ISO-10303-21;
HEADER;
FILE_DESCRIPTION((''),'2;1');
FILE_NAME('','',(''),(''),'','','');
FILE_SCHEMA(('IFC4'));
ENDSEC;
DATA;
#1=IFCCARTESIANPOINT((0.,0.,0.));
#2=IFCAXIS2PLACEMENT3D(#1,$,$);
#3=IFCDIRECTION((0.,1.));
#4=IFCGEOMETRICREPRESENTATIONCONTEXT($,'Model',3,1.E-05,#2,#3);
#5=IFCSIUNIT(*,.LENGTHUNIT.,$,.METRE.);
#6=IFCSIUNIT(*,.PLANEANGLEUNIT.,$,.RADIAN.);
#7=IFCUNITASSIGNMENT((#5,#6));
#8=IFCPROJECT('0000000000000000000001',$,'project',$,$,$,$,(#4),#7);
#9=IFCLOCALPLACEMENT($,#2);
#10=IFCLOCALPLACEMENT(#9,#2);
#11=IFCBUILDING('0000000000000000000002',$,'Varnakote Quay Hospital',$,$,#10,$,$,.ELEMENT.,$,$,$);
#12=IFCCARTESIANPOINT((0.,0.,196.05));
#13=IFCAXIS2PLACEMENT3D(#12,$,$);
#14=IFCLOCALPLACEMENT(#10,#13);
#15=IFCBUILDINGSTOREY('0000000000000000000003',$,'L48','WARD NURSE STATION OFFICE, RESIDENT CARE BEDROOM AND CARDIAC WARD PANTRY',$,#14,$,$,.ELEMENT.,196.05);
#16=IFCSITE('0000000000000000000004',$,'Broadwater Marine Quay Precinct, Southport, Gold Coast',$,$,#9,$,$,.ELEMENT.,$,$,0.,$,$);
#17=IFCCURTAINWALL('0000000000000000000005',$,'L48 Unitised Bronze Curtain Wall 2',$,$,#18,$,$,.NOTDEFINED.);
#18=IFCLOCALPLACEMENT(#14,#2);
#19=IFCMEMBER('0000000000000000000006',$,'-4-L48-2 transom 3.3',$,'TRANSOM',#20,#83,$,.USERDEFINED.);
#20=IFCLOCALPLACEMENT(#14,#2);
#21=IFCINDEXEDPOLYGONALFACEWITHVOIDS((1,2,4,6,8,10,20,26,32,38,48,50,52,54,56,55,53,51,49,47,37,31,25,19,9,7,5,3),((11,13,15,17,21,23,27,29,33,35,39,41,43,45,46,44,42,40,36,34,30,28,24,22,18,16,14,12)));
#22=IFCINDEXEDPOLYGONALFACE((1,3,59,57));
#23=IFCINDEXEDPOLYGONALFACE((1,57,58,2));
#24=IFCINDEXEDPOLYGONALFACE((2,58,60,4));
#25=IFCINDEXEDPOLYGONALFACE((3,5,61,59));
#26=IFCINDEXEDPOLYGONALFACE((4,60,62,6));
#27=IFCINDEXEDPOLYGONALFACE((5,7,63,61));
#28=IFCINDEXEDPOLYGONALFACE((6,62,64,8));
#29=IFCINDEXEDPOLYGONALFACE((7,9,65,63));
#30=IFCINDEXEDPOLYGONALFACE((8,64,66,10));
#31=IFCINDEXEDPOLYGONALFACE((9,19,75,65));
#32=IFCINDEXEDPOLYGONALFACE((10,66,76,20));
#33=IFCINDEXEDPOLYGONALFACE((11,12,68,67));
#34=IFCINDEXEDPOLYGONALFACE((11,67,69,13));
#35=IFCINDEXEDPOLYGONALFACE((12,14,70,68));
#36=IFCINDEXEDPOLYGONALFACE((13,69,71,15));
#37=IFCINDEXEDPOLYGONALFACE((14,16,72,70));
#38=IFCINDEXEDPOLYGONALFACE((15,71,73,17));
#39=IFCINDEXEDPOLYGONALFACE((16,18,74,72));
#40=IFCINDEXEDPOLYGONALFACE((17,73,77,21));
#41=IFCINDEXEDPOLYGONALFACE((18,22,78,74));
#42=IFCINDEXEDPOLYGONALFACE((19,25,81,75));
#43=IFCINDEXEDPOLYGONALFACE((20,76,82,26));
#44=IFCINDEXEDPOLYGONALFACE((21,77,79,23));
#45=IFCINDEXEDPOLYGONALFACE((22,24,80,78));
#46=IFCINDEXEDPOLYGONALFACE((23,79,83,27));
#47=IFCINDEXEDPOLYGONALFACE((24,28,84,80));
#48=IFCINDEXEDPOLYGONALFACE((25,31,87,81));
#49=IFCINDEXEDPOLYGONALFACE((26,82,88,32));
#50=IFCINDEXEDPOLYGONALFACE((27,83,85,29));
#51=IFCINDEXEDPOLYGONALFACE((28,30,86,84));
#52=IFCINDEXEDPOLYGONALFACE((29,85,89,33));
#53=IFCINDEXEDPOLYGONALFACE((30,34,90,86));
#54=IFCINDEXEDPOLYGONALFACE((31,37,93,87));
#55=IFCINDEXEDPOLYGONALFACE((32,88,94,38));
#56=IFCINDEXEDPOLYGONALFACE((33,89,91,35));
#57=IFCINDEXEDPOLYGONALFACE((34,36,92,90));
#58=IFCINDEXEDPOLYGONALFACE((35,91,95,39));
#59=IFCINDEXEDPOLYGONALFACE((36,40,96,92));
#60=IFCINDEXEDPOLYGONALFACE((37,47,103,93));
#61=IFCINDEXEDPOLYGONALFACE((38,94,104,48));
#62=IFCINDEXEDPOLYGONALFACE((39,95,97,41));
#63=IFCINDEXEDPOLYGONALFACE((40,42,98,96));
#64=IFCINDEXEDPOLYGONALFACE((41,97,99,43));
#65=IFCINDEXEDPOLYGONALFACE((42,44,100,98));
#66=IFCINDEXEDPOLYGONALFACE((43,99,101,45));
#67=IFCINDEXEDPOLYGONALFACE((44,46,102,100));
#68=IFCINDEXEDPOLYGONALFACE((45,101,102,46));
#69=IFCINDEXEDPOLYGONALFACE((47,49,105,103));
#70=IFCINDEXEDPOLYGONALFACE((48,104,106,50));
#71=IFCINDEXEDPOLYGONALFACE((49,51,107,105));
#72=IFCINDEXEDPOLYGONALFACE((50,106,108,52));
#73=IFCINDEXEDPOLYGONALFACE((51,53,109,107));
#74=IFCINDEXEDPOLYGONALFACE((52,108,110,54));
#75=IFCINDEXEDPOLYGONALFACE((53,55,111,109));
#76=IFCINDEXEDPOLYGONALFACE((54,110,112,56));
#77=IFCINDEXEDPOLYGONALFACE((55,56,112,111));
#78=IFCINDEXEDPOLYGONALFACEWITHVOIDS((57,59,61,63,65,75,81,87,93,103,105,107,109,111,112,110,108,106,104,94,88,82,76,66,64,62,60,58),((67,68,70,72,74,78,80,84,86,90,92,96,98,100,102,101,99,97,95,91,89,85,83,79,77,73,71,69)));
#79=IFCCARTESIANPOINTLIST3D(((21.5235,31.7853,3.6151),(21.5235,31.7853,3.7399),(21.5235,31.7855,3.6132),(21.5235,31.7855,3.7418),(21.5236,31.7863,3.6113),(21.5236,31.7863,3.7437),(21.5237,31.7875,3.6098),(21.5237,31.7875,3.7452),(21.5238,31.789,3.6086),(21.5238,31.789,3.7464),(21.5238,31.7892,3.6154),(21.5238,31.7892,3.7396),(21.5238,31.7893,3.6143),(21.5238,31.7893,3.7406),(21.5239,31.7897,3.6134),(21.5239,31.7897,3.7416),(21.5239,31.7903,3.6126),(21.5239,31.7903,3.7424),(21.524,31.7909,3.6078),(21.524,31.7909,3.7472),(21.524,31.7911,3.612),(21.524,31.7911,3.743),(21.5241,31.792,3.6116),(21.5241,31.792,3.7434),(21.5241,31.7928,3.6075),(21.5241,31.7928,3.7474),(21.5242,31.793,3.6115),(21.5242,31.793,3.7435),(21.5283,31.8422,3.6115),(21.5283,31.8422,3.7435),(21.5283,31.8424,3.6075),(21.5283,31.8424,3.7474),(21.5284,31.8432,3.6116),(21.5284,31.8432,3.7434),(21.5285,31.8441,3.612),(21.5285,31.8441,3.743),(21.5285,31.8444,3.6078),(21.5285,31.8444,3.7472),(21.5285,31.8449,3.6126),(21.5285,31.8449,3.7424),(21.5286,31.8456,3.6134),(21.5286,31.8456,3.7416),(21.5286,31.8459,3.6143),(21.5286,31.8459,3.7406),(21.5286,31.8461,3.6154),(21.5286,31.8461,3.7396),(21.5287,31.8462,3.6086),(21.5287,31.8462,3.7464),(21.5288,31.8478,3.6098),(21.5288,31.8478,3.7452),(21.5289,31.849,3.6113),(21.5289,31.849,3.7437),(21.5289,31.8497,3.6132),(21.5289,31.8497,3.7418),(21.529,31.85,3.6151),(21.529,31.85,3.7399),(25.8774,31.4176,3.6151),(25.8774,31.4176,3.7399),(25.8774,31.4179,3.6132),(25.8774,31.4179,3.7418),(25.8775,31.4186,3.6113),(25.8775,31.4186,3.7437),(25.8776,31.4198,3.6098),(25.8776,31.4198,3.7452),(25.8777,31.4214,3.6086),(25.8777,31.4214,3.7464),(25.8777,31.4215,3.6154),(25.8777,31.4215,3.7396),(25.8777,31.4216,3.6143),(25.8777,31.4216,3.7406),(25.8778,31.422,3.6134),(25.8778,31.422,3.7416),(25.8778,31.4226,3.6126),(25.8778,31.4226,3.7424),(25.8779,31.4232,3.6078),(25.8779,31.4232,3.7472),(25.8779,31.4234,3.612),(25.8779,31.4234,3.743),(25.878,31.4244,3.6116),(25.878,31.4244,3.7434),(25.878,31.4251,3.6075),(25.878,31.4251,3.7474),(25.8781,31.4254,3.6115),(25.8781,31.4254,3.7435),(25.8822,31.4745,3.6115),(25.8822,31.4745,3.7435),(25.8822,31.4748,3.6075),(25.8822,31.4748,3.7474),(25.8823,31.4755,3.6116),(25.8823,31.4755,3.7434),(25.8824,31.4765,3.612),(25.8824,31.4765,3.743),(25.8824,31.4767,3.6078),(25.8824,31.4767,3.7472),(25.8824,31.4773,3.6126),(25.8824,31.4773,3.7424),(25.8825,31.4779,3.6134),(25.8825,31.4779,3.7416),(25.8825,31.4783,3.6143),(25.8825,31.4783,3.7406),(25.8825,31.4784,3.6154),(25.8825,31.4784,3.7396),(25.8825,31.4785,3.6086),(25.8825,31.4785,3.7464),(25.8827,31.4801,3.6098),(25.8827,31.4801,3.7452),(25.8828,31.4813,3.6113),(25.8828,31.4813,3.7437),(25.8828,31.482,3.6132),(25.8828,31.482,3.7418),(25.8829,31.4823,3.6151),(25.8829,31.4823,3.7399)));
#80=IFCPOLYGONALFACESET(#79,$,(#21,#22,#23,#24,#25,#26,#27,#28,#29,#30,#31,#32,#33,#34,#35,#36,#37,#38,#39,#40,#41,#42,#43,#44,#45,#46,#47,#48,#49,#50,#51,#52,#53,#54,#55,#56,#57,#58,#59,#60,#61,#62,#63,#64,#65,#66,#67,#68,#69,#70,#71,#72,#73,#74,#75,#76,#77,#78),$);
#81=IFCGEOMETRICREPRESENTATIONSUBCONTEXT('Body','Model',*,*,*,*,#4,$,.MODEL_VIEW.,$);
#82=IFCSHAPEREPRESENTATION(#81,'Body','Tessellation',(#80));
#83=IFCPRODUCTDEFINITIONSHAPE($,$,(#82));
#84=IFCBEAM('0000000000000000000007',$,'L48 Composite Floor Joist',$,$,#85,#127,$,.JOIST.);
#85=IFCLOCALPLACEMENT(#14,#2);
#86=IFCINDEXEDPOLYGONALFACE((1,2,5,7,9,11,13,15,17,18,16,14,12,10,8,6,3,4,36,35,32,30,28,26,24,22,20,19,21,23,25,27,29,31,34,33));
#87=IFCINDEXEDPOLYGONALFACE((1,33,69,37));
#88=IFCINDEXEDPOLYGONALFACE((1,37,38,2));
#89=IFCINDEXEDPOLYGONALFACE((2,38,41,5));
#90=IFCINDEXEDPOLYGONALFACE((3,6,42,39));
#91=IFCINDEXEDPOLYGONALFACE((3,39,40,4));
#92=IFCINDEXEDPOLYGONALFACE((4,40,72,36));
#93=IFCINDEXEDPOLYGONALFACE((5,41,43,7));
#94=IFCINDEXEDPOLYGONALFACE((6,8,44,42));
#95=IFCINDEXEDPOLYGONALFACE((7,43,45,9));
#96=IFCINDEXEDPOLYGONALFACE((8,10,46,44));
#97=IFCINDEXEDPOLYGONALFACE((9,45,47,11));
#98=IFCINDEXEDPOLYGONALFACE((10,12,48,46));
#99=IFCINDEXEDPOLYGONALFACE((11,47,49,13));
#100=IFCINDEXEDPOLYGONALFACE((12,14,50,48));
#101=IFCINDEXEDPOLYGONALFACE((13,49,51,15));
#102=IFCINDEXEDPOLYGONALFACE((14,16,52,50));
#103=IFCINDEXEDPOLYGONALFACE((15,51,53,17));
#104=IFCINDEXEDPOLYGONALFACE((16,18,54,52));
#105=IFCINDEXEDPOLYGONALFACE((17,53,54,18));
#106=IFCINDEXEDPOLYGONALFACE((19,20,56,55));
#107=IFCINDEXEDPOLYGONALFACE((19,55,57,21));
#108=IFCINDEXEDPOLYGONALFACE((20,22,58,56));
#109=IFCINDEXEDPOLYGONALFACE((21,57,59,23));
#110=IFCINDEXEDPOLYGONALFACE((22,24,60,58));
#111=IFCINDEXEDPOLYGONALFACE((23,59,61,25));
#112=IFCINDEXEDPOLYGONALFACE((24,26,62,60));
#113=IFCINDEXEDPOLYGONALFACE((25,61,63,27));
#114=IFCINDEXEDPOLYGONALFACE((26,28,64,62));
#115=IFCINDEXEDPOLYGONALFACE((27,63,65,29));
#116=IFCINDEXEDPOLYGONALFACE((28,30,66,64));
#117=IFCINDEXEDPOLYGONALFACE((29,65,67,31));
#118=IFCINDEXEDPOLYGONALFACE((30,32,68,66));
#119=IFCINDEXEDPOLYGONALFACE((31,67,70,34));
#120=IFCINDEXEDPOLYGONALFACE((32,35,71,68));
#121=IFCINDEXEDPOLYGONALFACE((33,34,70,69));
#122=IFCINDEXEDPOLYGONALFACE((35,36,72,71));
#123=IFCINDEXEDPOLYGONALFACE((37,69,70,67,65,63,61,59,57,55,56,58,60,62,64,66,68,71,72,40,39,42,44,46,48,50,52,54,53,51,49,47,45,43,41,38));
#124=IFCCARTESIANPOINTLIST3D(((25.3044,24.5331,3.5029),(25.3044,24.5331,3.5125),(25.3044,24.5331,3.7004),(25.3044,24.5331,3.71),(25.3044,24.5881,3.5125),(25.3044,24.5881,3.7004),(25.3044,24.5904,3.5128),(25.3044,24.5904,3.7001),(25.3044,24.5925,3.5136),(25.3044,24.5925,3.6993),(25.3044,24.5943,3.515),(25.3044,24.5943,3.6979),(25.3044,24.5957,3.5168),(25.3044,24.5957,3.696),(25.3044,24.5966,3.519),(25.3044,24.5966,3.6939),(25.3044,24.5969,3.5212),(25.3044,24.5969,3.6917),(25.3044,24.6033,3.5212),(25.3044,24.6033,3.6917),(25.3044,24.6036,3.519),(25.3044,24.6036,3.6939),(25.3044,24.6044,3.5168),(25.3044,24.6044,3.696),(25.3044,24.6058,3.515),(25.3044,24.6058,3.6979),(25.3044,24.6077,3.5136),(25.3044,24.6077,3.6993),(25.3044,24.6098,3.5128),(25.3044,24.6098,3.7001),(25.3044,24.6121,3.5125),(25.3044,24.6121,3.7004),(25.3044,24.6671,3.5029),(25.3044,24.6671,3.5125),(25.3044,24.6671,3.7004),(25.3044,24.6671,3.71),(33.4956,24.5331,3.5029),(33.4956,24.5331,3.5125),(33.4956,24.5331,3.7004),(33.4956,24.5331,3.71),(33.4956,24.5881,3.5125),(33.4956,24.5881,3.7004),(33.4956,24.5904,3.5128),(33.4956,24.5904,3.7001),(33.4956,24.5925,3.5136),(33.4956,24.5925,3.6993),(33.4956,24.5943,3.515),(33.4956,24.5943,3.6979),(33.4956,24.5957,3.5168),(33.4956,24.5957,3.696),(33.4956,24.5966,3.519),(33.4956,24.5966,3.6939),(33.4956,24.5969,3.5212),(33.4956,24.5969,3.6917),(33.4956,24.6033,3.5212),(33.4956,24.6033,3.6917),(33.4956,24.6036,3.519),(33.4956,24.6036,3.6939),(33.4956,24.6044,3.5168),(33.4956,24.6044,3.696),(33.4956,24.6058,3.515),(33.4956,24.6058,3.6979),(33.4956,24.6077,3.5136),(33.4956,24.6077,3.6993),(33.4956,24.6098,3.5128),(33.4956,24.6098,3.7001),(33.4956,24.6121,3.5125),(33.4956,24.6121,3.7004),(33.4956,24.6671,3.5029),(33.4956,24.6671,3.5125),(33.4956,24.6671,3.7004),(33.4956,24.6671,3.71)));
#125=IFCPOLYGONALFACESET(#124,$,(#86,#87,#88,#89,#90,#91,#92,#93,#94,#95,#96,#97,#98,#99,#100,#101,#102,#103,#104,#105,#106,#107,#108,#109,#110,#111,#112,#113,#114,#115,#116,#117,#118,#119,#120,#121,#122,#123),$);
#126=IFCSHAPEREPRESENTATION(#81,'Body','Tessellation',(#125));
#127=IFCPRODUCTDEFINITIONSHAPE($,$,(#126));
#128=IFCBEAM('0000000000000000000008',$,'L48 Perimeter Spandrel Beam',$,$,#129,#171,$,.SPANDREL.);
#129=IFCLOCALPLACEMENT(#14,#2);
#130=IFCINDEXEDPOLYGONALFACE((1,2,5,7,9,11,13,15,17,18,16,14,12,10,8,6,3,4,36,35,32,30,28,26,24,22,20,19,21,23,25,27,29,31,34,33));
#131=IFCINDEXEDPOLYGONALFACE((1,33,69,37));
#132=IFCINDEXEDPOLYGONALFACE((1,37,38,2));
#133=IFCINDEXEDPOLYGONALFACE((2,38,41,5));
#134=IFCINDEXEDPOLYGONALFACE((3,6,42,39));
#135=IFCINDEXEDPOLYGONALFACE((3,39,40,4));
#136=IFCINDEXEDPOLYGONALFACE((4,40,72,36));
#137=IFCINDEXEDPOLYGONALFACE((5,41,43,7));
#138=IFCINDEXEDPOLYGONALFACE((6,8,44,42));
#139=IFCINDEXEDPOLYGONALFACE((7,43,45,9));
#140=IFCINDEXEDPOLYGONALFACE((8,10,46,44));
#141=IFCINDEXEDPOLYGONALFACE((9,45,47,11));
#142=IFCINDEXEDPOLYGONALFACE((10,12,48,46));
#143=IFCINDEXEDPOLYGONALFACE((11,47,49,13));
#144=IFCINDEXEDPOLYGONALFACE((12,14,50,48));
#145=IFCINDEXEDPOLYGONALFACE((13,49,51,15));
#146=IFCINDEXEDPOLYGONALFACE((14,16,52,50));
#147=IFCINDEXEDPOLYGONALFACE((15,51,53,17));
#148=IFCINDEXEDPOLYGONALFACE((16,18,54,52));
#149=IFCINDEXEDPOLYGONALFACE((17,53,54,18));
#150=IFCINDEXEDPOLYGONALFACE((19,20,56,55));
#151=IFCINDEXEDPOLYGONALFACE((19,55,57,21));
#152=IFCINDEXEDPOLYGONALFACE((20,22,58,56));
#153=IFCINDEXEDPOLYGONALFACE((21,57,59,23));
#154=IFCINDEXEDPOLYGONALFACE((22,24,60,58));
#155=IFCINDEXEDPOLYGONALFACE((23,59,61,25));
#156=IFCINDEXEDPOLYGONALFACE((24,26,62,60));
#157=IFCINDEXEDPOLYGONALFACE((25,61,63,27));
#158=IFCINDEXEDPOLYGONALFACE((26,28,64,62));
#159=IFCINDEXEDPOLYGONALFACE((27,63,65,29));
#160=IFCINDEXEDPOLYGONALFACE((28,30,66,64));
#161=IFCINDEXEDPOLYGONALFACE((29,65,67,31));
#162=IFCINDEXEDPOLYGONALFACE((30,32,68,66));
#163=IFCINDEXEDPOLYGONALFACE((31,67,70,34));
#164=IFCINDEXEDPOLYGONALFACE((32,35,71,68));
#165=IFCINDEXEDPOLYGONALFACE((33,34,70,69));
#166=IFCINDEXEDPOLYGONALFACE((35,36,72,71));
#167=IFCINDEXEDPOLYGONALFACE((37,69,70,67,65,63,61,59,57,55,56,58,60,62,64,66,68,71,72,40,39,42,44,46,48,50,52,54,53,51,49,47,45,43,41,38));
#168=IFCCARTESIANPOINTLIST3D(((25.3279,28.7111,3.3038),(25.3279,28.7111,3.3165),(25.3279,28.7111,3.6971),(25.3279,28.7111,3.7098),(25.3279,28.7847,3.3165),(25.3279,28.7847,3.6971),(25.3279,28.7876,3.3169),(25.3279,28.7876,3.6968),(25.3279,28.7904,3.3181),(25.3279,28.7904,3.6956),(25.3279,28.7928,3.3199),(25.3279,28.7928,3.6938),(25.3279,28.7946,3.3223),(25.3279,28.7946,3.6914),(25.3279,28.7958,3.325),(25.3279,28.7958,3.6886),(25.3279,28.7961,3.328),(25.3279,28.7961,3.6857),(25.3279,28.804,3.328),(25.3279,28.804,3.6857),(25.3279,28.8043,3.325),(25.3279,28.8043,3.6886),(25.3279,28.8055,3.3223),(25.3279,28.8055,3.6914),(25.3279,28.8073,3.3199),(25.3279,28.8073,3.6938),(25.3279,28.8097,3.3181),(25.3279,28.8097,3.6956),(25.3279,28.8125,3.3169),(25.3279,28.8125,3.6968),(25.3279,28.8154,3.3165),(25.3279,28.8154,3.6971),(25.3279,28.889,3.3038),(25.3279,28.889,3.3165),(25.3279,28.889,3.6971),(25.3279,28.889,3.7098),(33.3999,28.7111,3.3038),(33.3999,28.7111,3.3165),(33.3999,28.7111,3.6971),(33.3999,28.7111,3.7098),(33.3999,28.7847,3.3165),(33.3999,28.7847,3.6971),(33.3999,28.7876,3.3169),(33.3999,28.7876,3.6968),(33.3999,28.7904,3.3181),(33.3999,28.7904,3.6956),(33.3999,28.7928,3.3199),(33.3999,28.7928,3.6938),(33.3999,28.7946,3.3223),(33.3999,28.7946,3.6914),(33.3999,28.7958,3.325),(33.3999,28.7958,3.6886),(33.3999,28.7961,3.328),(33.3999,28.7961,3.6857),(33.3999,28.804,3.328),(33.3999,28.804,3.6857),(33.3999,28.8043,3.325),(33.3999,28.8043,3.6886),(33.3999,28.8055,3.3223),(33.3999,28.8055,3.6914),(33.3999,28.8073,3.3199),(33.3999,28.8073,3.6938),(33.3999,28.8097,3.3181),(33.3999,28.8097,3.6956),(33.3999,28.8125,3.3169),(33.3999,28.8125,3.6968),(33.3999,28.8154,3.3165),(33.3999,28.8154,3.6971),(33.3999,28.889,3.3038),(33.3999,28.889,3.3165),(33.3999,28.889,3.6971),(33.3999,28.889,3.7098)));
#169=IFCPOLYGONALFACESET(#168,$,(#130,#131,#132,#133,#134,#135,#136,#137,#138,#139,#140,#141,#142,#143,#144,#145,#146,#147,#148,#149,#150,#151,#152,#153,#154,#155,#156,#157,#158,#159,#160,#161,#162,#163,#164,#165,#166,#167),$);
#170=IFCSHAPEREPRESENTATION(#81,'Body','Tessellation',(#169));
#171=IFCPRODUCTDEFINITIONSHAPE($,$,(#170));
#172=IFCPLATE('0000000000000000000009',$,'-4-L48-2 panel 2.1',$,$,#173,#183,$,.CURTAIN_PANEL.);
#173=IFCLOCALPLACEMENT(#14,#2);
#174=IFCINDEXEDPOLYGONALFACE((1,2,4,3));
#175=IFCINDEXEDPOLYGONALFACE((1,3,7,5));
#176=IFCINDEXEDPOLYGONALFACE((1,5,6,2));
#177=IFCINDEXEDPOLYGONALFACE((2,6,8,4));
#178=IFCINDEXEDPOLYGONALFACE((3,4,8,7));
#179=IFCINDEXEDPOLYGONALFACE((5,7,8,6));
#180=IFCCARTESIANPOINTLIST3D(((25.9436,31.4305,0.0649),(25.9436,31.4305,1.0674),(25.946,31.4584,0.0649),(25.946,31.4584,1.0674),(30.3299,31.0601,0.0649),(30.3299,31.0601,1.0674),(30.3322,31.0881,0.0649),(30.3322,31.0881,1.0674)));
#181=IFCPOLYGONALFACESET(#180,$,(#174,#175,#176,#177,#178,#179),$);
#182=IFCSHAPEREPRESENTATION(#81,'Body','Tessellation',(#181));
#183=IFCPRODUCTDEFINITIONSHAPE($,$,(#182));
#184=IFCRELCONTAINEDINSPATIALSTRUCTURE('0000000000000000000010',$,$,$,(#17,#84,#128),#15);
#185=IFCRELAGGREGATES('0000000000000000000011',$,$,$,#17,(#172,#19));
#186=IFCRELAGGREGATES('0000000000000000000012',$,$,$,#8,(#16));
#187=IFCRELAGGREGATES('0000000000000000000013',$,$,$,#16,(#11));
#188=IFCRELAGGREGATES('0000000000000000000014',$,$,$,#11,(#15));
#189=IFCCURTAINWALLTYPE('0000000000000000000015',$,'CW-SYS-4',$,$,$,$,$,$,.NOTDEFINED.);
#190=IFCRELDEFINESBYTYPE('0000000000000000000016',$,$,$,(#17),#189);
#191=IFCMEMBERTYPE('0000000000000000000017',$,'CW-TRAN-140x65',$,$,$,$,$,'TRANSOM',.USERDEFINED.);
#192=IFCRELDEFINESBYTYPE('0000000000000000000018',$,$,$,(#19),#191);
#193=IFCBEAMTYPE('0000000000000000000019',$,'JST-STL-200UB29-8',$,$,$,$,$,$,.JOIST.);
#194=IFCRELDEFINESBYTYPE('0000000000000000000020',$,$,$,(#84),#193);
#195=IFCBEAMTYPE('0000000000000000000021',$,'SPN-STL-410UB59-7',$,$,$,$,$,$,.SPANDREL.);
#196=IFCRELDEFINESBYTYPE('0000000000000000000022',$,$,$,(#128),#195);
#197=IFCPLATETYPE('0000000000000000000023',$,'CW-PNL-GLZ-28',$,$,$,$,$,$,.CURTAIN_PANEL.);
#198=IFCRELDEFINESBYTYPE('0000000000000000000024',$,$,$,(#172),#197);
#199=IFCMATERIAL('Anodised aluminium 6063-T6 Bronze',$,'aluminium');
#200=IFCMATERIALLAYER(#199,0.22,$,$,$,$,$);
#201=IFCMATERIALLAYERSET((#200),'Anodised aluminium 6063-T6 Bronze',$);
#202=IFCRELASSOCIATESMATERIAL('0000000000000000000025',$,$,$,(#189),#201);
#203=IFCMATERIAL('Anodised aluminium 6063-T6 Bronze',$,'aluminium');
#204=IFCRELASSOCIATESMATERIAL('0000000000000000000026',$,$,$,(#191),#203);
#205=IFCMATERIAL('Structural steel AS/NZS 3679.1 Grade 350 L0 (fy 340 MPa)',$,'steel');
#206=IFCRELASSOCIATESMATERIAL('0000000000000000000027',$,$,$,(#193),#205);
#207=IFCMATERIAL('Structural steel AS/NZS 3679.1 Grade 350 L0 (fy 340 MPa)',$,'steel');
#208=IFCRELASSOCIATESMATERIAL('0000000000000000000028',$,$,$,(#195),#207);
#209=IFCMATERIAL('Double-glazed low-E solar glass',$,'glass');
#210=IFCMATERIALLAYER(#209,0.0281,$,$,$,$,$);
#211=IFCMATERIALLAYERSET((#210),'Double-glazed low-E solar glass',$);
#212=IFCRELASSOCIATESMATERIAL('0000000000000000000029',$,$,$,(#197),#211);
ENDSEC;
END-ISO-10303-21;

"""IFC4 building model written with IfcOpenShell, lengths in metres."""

from ifc_helpers import new_model, si_unit, direction, frame, origin, origin_2d, place, context, subcontext, project, spatial, rectangle, hollow_rectangle, i_section, extrude, material, layer, layer_set, material_profile, profile_set, type_object, element, aggregate, save


model = new_model("IFC4")

# Units and contexts
model_context = context("Model", 3, precision=1e-05, world=origin(), true_north=direction((0.0, 1.0)))
body_context = subcontext(model_context, "Body", "Model", "MODEL_VIEW")
ifc_project = project(units=[si_unit("LENGTHUNIT", "METRE"), si_unit("PLANEANGLEUNIT", "RADIAN")], contexts=[model_context])

# Site, building, storey
site_placement = place(None, origin())
site = spatial("IfcSite", under=ifc_project, at=site_placement, Name="Broadwater Marine Quay Precinct, Southport, Gold Coast", CompositionType="ELEMENT", RefElevation=0.0)
building_placement = place(site_placement, origin())
building = spatial("IfcBuilding", under=site, at=building_placement, Name="Varnakote Quay Hospital", CompositionType="ELEMENT")
storey_placement = place(building_placement, frame((0.0, 0.0, 196.05)))
storey = spatial("IfcBuildingStorey", under=building, at=storey_placement, Name="L48", Description="WARD NURSE STATION OFFICE, RESIDENT CARE BEDROOM AND CARDIAC WARD PANTRY", CompositionType="ELEMENT", Elevation=196.05)

# Curtain wall, member
ifc_material_1 = material(Name="Anodised aluminium 6063-T6 Bronze", Category="aluminium")
ifc_layer_1 = layer(ifc_material_1, 0.22)
ifc_layer_set_1 = layer_set([ifc_layer_1], Name="Anodised aluminium 6063-T6 Bronze")
curtain_wall_type = type_object("IfcCurtainWallType", Name="CW-SYS-4", PredefinedType="NOTDEFINED", material=ifc_layer_set_1)
curtain_wall_placement = place(storey_placement, origin())
curtain_wall = element("IfcCurtainWall", 1, at=curtain_wall_placement, inside=storey, type_object=curtain_wall_type, Name="L48 Unitised Bronze Curtain Wall 2", PredefinedType="NOTDEFINED")
ifc_material_2 = material(Name="Anodised aluminium 6063-T6 Bronze", Category="aluminium")
ifc_material_profile_1 = material_profile(ifc_material_2, hollow_rectangle(XDim=0.0649, YDim=0.1399, WallThickness=0.0039, InnerFilletRadius=0.0039, OuterFilletRadius=0.0076, at=origin_2d()), Name="CW-TRAN-140x65")
ifc_profile_set_1 = profile_set([ifc_material_profile_1], Name="Anodised aluminium 6063-T6 Bronze")
member_type_1 = type_object("IfcMemberType", Name="CW-TRAN-140x65", ElementType="TRANSOM", PredefinedType="USERDEFINED", material=ifc_profile_set_1)
member_1_placement = place(storey_placement, frame((25.8801, 31.45, 3.6775), z_axis=(-0.996453, 0.084146, 0.0), x_axis=(-0.084146, -0.996453, 0.0)))
member_1 = element("IfcMember", 2, at=member_1_placement, type_object=member_type_1, Name="-4-L48-2 transom 3.3", ObjectType="TRANSOM", PredefinedType="USERDEFINED", context=body_context, shape_type="SweptSolid", body=[
    extrude(hollow_rectangle(XDim=0.0649, YDim=0.1399, WallThickness=0.0039, InnerFilletRadius=0.0039, OuterFilletRadius=0.0076, at=origin_2d()), origin(), (0.0, 0.0, 1.0), 4.3694),
])

# Beams
ifc_material_3 = material(Name="Structural steel AS/NZS 3679.1 Grade 350 L0 (fy 340 MPa)", Category="steel")
ifc_material_profile_2 = material_profile(ifc_material_3, i_section(OverallWidth=0.134, OverallDepth=0.207, WebThickness=0.0063, FlangeThickness=0.0095, FilletRadius=0.0088, at=origin_2d()), Name="200UB29.8")
ifc_profile_set_2 = profile_set([ifc_material_profile_2], Name="Structural steel AS/NZS 3679.1 Grade 350 L0 (fy 340 MPa)")
beam_type_1 = type_object("IfcBeamType", Name="JST-STL-200UB29-8", PredefinedType="JOIST", material=ifc_profile_set_2)
beam_1_placement = place(storey_placement, frame((25.3044, 24.6001, 3.6064), z_axis=(1.0, 0.0, 0.0), x_axis=(0.0, 1.0, 0.0)))
element("IfcBeam", 3, at=beam_1_placement, inside=storey, type_object=beam_type_1, Name="L48 Composite Floor Joist", PredefinedType="JOIST", context=body_context, shape_type="SweptSolid", body=[
    extrude(i_section(OverallWidth=0.134, OverallDepth=0.207, WebThickness=0.0063, FlangeThickness=0.0095, FilletRadius=0.0088, at=origin_2d()), origin(), (0.0, 0.0, 1.0), 8.1912),
])
ifc_material_4 = material(Name="Structural steel AS/NZS 3679.1 Grade 350 L0 (fy 340 MPa)", Category="steel")
ifc_material_profile_3 = material_profile(ifc_material_4, i_section(OverallWidth=0.178, OverallDepth=0.406, WebThickness=0.0078, FlangeThickness=0.0127, FilletRadius=0.0115, at=origin_2d()), Name="410UB59.7")
ifc_profile_set_3 = profile_set([ifc_material_profile_3], Name="Structural steel AS/NZS 3679.1 Grade 350 L0 (fy 340 MPa)")
beam_type_2 = type_object("IfcBeamType", Name="SPN-STL-410UB59-7", PredefinedType="SPANDREL", material=ifc_profile_set_3)
beam_2_placement = place(storey_placement, frame((25.3279, 28.8, 3.5068), z_axis=(1.0, 0.0, 0.0), x_axis=(0.0, 1.0, 0.0)))
element("IfcBeam", 4, at=beam_2_placement, inside=storey, type_object=beam_type_2, Name="L48 Perimeter Spandrel Beam", PredefinedType="SPANDREL", context=body_context, shape_type="SweptSolid", body=[
    extrude(i_section(OverallWidth=0.178, OverallDepth=0.406, WebThickness=0.0078, FlangeThickness=0.0127, FilletRadius=0.0115, at=origin_2d()), origin(), (0.0, 0.0, 1.0), 8.072),
])

# Plate
ifc_material_5 = material(Name="Double-glazed low-E solar glass", Category="glass")
ifc_layer_2 = layer(ifc_material_5, 0.0281)
ifc_layer_set_2 = layer_set([ifc_layer_2], Name="Double-glazed low-E solar glass")
plate_type = type_object("IfcPlateType", Name="CW-PNL-GLZ-28", PredefinedType="CURTAIN_PANEL", material=ifc_layer_set_2)
plate_1_placement = place(storey_placement, frame((28.1379, 31.2593, 0.0649), z_axis=(0.0, 0.0, 1.0), x_axis=(-0.996454, 0.084136, 0.0)))
plate_1 = element("IfcPlate", 5, at=plate_1_placement, type_object=plate_type, Name="-4-L48-2 panel 2.1", PredefinedType="CURTAIN_PANEL", context=body_context, shape_type="SweptSolid", body=[
    extrude(rectangle(XDim=4.4019, YDim=0.0281, at=origin_2d()), origin(), (0.0, 0.0, 1.0), 1.0024),
])
aggregate(curtain_wall, [plate_1, member_1])

save(model, "model.ifc")
